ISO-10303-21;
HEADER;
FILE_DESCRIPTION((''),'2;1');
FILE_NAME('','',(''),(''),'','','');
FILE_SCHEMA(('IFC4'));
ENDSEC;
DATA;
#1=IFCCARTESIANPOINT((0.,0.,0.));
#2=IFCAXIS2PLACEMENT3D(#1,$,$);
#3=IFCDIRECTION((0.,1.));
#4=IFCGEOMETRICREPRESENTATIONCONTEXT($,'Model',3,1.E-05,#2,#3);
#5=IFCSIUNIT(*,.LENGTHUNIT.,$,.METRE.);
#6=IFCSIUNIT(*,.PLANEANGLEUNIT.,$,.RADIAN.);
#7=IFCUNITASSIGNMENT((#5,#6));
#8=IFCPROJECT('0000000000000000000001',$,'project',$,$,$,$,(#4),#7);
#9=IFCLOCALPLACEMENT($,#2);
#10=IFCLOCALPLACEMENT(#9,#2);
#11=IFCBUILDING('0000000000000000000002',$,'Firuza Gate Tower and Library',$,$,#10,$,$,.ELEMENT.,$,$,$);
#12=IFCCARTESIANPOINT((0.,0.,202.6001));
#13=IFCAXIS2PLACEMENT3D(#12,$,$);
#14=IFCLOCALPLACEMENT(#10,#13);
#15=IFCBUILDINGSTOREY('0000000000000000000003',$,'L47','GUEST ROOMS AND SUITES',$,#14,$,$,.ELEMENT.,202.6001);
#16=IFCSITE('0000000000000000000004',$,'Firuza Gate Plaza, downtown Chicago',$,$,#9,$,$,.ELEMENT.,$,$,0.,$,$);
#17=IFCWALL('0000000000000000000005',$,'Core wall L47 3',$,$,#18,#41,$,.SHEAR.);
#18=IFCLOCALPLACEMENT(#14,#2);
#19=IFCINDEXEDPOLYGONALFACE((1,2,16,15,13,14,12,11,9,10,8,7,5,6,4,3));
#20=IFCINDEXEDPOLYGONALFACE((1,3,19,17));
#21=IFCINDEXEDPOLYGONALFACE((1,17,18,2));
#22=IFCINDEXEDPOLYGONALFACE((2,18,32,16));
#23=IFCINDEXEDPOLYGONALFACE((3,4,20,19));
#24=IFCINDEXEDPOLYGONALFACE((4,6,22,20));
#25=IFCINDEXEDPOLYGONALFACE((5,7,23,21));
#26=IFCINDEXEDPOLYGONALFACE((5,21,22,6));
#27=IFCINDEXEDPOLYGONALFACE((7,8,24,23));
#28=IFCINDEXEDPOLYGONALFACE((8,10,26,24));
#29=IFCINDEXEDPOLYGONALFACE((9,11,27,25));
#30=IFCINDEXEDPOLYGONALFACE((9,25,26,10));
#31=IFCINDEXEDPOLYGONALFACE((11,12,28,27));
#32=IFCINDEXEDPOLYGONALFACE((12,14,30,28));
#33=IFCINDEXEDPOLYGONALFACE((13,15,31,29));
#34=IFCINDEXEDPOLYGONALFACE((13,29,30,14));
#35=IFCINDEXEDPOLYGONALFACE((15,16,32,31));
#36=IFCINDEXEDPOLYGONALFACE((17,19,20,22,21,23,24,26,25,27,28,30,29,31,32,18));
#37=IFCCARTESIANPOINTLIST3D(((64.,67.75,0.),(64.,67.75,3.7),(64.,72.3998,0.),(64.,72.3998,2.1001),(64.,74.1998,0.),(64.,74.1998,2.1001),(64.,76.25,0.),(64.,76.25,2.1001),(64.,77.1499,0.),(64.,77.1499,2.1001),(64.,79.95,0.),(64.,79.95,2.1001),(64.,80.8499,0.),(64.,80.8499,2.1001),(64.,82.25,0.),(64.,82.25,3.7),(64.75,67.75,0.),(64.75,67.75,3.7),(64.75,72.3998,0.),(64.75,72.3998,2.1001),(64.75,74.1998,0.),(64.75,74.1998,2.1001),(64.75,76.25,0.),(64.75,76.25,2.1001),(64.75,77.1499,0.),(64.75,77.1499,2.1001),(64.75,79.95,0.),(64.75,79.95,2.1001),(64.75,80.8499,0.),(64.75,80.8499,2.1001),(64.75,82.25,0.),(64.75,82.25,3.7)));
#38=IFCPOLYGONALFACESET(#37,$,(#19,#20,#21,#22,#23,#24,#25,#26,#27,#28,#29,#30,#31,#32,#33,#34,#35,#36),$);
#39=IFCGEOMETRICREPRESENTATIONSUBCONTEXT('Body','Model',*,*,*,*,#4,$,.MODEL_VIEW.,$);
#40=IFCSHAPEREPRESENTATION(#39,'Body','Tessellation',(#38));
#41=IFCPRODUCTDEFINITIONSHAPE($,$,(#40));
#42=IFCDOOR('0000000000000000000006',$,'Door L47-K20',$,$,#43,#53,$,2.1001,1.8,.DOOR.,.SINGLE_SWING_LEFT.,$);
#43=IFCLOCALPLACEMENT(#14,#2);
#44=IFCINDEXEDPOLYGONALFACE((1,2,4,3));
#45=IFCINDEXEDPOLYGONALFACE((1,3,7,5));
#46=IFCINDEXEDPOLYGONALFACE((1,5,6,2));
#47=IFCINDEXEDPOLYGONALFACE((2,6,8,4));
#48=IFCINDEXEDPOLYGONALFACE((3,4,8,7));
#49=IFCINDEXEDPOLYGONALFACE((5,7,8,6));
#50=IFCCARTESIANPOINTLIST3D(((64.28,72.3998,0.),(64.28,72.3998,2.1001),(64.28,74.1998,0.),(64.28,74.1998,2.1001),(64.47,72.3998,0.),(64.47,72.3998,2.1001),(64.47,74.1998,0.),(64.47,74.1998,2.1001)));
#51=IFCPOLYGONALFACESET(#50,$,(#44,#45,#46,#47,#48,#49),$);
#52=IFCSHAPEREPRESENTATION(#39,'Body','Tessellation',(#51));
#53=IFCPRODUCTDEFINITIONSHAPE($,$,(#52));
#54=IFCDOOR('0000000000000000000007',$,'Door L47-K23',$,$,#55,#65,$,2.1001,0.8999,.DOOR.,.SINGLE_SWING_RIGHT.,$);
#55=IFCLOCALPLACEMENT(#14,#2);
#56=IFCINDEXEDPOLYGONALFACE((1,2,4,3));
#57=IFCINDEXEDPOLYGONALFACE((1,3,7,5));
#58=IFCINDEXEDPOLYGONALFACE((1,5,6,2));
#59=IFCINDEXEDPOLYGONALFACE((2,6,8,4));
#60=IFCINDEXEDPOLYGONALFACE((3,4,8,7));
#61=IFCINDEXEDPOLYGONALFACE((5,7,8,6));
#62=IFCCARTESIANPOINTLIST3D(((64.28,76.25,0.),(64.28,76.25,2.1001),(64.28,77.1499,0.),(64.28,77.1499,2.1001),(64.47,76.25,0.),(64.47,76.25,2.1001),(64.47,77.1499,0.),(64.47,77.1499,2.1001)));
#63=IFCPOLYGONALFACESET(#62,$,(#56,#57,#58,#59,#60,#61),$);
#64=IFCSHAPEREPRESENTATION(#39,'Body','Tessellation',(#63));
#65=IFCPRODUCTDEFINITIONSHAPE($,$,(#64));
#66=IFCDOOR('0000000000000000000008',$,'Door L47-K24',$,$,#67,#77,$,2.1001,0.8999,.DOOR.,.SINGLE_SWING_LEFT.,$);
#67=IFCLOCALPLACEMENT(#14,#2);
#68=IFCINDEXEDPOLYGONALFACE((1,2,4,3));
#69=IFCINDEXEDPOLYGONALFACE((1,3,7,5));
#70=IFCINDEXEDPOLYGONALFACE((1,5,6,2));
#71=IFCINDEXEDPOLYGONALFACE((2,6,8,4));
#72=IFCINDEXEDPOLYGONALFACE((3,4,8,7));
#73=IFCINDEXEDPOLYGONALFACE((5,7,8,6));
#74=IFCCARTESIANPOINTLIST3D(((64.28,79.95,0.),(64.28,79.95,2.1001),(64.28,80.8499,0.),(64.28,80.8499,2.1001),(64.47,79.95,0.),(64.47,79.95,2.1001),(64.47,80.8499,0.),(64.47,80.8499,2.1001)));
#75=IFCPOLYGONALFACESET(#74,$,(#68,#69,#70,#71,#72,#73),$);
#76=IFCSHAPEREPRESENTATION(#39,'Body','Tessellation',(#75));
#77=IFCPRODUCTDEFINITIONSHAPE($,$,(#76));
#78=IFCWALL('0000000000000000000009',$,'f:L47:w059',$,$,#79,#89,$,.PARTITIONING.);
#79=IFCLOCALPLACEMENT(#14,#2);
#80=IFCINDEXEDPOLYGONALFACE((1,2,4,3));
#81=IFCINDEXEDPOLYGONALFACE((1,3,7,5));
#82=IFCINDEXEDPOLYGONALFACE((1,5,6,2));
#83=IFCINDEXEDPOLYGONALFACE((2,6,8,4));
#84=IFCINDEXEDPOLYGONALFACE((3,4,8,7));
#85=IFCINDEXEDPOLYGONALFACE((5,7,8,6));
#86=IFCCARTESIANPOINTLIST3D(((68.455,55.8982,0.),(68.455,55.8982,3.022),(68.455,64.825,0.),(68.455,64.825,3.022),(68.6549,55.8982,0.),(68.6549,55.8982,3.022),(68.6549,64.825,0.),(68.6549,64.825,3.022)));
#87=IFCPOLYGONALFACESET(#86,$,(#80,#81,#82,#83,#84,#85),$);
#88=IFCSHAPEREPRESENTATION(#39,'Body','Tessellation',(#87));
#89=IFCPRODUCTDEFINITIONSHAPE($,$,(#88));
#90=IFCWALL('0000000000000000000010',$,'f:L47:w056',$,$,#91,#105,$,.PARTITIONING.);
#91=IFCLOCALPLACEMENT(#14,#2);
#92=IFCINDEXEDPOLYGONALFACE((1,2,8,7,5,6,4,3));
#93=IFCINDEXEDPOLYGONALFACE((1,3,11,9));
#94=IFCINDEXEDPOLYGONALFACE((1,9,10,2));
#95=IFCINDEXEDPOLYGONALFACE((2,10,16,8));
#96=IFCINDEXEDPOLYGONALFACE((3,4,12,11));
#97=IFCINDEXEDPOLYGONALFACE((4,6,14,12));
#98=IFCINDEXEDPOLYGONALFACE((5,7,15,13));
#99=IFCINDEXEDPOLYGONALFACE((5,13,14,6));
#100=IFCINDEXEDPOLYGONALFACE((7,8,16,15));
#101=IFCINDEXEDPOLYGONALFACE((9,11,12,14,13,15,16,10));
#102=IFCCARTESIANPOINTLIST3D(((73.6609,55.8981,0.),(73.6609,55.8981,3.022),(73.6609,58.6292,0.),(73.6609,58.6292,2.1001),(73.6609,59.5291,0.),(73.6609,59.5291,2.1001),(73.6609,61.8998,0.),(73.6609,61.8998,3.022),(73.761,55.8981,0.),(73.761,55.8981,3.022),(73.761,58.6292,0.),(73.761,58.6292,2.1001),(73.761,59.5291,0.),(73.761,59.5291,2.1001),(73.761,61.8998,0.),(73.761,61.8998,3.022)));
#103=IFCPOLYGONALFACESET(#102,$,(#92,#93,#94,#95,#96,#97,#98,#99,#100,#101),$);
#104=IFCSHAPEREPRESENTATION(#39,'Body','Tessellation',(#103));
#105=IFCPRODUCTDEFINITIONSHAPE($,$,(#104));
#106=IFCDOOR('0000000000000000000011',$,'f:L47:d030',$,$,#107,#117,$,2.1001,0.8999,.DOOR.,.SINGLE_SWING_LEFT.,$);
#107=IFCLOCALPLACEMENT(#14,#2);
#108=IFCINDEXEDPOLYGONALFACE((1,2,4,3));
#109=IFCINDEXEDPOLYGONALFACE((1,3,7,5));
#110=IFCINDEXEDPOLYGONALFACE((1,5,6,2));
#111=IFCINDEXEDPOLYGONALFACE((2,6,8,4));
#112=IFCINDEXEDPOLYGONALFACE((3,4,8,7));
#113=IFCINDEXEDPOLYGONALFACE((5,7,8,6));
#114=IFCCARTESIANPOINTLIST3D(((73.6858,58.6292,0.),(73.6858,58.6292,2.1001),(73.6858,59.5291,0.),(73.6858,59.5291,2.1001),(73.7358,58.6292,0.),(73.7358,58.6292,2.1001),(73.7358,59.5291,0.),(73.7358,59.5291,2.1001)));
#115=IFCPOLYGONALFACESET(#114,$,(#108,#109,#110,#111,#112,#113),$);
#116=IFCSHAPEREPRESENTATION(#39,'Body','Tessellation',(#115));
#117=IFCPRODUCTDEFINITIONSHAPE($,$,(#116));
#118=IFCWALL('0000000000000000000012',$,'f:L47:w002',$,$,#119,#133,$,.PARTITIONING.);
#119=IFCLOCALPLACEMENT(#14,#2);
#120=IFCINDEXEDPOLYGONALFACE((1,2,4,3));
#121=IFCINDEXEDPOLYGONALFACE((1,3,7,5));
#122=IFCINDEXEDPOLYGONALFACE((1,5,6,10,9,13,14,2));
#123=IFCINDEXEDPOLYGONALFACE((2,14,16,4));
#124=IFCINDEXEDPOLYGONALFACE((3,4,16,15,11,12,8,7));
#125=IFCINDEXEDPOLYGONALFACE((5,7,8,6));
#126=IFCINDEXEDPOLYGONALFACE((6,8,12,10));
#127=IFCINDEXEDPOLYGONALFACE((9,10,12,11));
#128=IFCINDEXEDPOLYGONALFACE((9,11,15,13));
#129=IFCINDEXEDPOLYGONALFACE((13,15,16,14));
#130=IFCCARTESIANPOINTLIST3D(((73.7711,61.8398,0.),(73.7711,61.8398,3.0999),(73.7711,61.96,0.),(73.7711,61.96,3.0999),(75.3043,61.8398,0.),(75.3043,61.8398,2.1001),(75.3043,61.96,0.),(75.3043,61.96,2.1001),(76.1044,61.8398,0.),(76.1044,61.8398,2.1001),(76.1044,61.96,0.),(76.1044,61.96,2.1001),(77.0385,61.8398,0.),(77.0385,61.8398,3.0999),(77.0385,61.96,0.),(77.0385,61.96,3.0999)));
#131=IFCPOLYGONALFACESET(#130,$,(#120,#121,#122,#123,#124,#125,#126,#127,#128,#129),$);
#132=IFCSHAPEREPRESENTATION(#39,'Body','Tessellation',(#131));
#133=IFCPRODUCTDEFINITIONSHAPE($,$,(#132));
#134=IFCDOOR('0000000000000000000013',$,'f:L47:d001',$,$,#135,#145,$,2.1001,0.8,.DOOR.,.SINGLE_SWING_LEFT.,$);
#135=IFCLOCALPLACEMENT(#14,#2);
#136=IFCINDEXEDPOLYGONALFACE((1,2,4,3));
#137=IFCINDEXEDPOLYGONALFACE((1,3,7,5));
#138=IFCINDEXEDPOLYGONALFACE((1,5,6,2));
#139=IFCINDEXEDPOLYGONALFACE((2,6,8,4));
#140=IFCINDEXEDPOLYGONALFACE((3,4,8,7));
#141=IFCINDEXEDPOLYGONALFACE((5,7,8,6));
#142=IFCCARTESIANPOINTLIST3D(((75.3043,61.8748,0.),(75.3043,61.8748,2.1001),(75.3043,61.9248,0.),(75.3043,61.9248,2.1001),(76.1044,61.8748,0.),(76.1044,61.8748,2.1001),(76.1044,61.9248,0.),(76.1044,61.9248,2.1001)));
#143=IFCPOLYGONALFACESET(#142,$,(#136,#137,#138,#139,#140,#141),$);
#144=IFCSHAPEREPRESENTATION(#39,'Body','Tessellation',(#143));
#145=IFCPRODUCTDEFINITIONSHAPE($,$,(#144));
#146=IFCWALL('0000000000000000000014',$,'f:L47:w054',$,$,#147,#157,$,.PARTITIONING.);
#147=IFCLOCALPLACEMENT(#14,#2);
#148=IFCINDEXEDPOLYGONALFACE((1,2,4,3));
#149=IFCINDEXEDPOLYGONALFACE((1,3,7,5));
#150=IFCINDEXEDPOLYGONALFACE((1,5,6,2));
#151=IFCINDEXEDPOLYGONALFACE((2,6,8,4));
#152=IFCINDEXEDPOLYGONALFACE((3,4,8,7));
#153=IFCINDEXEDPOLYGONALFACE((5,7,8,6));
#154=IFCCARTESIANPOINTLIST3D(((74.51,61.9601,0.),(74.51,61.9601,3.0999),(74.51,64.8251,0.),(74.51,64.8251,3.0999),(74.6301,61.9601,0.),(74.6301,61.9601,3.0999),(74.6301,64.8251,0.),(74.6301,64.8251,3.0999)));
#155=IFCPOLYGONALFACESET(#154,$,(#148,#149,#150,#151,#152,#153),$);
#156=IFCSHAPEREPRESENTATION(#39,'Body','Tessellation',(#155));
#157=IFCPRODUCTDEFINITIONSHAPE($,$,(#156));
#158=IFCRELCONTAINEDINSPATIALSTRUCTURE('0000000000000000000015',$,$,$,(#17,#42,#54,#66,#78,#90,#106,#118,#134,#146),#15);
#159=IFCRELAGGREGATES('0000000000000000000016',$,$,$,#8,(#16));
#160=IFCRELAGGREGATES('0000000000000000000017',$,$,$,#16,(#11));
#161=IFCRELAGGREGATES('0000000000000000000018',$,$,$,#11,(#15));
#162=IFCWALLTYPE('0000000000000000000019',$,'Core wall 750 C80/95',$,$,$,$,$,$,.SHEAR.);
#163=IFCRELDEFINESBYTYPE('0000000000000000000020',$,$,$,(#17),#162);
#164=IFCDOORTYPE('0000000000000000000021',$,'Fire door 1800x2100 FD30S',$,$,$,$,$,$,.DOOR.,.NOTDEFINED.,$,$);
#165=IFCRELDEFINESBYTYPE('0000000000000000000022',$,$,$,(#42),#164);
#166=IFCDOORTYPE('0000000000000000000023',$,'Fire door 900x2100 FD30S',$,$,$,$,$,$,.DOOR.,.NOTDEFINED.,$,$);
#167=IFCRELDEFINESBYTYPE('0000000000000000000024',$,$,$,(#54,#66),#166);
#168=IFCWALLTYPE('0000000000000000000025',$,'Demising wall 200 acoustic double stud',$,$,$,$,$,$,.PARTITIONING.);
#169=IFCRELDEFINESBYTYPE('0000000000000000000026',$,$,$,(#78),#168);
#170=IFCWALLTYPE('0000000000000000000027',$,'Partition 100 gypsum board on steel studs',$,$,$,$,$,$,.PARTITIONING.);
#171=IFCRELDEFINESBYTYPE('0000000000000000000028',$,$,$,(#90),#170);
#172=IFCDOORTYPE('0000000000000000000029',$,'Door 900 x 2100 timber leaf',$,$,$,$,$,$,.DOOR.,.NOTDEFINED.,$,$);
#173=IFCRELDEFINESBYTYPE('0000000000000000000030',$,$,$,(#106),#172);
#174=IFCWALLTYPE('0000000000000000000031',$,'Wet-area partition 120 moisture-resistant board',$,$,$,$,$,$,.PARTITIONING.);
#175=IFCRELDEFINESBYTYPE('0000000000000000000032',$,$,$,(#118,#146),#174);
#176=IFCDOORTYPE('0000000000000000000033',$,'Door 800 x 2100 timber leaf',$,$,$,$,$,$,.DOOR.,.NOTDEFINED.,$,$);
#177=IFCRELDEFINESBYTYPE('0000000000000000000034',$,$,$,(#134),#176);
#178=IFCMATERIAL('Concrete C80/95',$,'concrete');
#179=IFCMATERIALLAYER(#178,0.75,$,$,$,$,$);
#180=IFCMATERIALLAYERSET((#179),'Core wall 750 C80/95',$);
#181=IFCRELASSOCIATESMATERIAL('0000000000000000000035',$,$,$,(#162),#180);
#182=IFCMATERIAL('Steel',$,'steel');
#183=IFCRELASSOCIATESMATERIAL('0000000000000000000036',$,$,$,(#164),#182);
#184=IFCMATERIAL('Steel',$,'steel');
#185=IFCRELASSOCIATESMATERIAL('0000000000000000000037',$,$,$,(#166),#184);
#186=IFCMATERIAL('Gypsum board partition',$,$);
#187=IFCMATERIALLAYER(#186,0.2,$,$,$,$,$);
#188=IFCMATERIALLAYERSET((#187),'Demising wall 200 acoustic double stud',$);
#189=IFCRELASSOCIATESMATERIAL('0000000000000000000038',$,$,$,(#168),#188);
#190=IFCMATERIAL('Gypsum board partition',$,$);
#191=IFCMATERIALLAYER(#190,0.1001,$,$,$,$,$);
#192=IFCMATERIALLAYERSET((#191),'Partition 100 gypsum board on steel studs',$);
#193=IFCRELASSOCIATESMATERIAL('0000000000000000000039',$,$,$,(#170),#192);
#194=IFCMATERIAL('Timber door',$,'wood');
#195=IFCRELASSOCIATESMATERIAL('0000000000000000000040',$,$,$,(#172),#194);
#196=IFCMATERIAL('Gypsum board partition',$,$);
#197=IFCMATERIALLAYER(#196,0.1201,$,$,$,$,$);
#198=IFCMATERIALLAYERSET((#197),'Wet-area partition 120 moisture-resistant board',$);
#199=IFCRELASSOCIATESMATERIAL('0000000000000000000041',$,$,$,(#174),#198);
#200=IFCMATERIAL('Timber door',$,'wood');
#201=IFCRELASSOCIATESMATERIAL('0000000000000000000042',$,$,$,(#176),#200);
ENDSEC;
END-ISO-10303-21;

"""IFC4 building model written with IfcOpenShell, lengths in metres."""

from ifc_helpers import new_model, si_unit, direction, frame, frame_2d, origin, place, context, subcontext, project, spatial, rectangle, extrude, material, layer, layer_set, type_object, element, fill, save


model = new_model("IFC4")

# Units and contexts
model_context = context("Model", 3, precision=1e-05, world=origin(), true_north=direction((0.0, 1.0)))
body_context = subcontext(model_context, "Body", "Model", "MODEL_VIEW")
ifc_project = project(units=[si_unit("LENGTHUNIT", "METRE"), si_unit("PLANEANGLEUNIT", "RADIAN")], contexts=[model_context])

# Site, building, storey
site_placement = place(None, origin())
site = spatial("IfcSite", under=ifc_project, at=site_placement, Name="Firuza Gate Plaza, downtown Chicago", CompositionType="ELEMENT", RefElevation=0.0)
building_placement = place(site_placement, origin())
building = spatial("IfcBuilding", under=site, at=building_placement, Name="Firuza Gate Tower and Library", CompositionType="ELEMENT")
storey_placement = place(building_placement, frame((0.0, 0.0, 202.6001)))
storey = spatial("IfcBuildingStorey", under=building, at=storey_placement, Name="L47", Description="GUEST ROOMS AND SUITES", CompositionType="ELEMENT", Elevation=202.6001)

# Wall, openings, doors
ifc_material_1 = material(Name="Concrete C80/95", Category="concrete")
ifc_layer_1 = layer(ifc_material_1, 0.75)
ifc_layer_set_1 = layer_set([ifc_layer_1], Name="Core wall 750 C80/95")
wall_type_1 = type_object("IfcWallType", Name="Core wall 750 C80/95", PredefinedType="SHEAR", material=ifc_layer_set_1)
wall_1_placement = place(storey_placement, frame((64.375, 67.75, 0.0), z_axis=(0.0, 0.0, 1.0), x_axis=(0.0, 1.0, 0.0)))
wall_1 = element("IfcWall", 1, at=wall_1_placement, inside=storey, type_object=wall_type_1, Name="Core wall L47 3", PredefinedType="SHEAR", context=body_context, shape_type="SweptSolid", body=[
    extrude(rectangle(XDim=14.5, YDim=0.75, at=frame_2d((7.25, 0.0))), origin(), (0.0, 0.0, 1.0), 3.7),
])
opening_1_placement = place(wall_1_placement, frame((4.6499, 0.0, 0.0)))
opening_1 = element("IfcOpeningElement", 2, at=opening_1_placement, cuts=wall_1, PredefinedType="OPENING", context=body_context, shape_type="SweptSolid", body=[
    extrude(rectangle(XDim=1.8, YDim=2.1001, at=frame_2d((0.8999, 1.05))), frame((0.0, 0.385, 0.0), z_axis=(0.0, -1.0, 0.0), x_axis=(1.0, 0.0, 0.0)), (0.0, 0.0, 1.0), 0.77),
])
opening_2_placement = place(wall_1_placement, frame((8.5, 0.0, 0.0)))
opening_2 = element("IfcOpeningElement", 3, at=opening_2_placement, cuts=wall_1, PredefinedType="OPENING", context=body_context, shape_type="SweptSolid", body=[
    extrude(rectangle(XDim=0.8999, YDim=2.1001, at=frame_2d((0.45, 1.05))), frame((0.0, 0.385, 0.0), z_axis=(0.0, -1.0, 0.0), x_axis=(1.0, 0.0, 0.0)), (0.0, 0.0, 1.0), 0.77),
])
opening_3_placement = place(wall_1_placement, frame((12.2, 0.0, 0.0)))
opening_3 = element("IfcOpeningElement", 4, at=opening_3_placement, cuts=wall_1, PredefinedType="OPENING", context=body_context, shape_type="SweptSolid", body=[
    extrude(rectangle(XDim=0.8999, YDim=2.1001, at=frame_2d((0.45, 1.05))), frame((0.0, 0.385, 0.0), z_axis=(0.0, -1.0, 0.0), x_axis=(1.0, 0.0, 0.0)), (0.0, 0.0, 1.0), 0.77),
])
ifc_material_2 = material(Name="Steel", Category="steel")
door_type_1 = type_object("IfcDoorType", Name="Fire door 1800x2100 FD30S", OperationType="NOTDEFINED", PredefinedType="DOOR", material=ifc_material_2)
door_1_placement = place(opening_1_placement, origin())
door_1 = element("IfcDoor", 5, at=door_1_placement, inside=storey, type_object=door_type_1, Name="Door L47-K20", OperationType="SINGLE_SWING_LEFT", OverallHeight=2.1001, OverallWidth=1.8, PredefinedType="DOOR", context=body_context, shape_type="SweptSolid", body=[
    extrude(rectangle(XDim=1.8, YDim=2.1001, at=frame_2d((0.8999, 1.05))), frame((0.0, 0.095, 0.0), z_axis=(0.0, -1.0, 0.0), x_axis=(1.0, 0.0, 0.0)), (0.0, 0.0, 1.0), 0.1899),
])
fill(opening_1, door_1)
ifc_material_3 = material(Name="Steel", Category="steel")
door_type_2 = type_object("IfcDoorType", Name="Fire door 900x2100 FD30S", OperationType="NOTDEFINED", PredefinedType="DOOR", material=ifc_material_3)
door_2_placement = place(opening_2_placement, origin())
door_2 = element("IfcDoor", 6, at=door_2_placement, inside=storey, type_object=door_type_2, Name="Door L47-K23", OperationType="SINGLE_SWING_RIGHT", OverallHeight=2.1001, OverallWidth=0.8999, PredefinedType="DOOR", context=body_context, shape_type="SweptSolid", body=[
    extrude(rectangle(XDim=0.8999, YDim=2.1001, at=frame_2d((0.45, 1.05))), frame((0.0, 0.095, 0.0), z_axis=(0.0, -1.0, 0.0), x_axis=(1.0, 0.0, 0.0)), (0.0, 0.0, 1.0), 0.1899),
])
fill(opening_2, door_2)
door_3_placement = place(opening_3_placement, origin())
door_3 = element("IfcDoor", 7, at=door_3_placement, inside=storey, type_object=door_type_2, Name="Door L47-K24", OperationType="SINGLE_SWING_LEFT", OverallHeight=2.1001, OverallWidth=0.8999, PredefinedType="DOOR", context=body_context, shape_type="SweptSolid", body=[
    extrude(rectangle(XDim=0.8999, YDim=2.1001, at=frame_2d((0.45, 1.05))), frame((0.0, 0.095, 0.0), z_axis=(0.0, -1.0, 0.0), x_axis=(1.0, 0.0, 0.0)), (0.0, 0.0, 1.0), 0.1899),
])
fill(opening_3, door_3)

# Wall
ifc_material_4 = material(Name="Gypsum board partition")
ifc_layer_2 = layer(ifc_material_4, 0.2)
ifc_layer_set_2 = layer_set([ifc_layer_2], Name="Demising wall 200 acoustic double stud")
wall_type_2 = type_object("IfcWallType", Name="Demising wall 200 acoustic double stud", PredefinedType="PARTITIONING", material=ifc_layer_set_2)
wall_2_placement = place(storey_placement, frame((68.5549, 55.8982, 0.0), z_axis=(0.0, 0.0, 1.0), x_axis=(0.0, 1.0, 0.0)))
element("IfcWall", 8, at=wall_2_placement, inside=storey, type_object=wall_type_2, Name="f:L47:w059", PredefinedType="PARTITIONING", context=body_context, shape_type="SweptSolid", body=[
    extrude(rectangle(XDim=8.9268, YDim=0.2, at=frame_2d((4.4634, 0.0))), origin(), (0.0, 0.0, 1.0), 3.022),
])

# Walls, openings, doors
ifc_material_5 = material(Name="Gypsum board partition")
ifc_layer_3 = layer(ifc_material_5, 0.1001)
ifc_layer_set_3 = layer_set([ifc_layer_3], Name="Partition 100 gypsum board on steel studs")
wall_type_3 = type_object("IfcWallType", Name="Partition 100 gypsum board on steel studs", PredefinedType="PARTITIONING", material=ifc_layer_set_3)
wall_3_placement = place(storey_placement, frame((73.7109, 61.8999, 0.0), z_axis=(0.0, 0.0, 1.0), x_axis=(0.0, -1.0, 0.0)))
wall_3 = element("IfcWall", 9, at=wall_3_placement, inside=storey, type_object=wall_type_3, Name="f:L47:w056", PredefinedType="PARTITIONING", context=body_context, shape_type="SweptSolid", body=[
    extrude(rectangle(XDim=6.0017, YDim=0.1001, at=frame_2d((3.001, 0.0))), origin(), (0.0, 0.0, 1.0), 3.022),
])
opening_4_placement = place(wall_3_placement, frame((2.3708, 0.0, 0.0)))
opening_4 = element("IfcOpeningElement", 10, at=opening_4_placement, cuts=wall_3, PredefinedType="OPENING", context=body_context, shape_type="SweptSolid", body=[
    extrude(rectangle(XDim=0.8999, YDim=2.1001, at=frame_2d((0.45, 1.05))), frame((0.0, 0.0601, 0.0), z_axis=(0.0, -1.0, 0.0), x_axis=(1.0, 0.0, 0.0)), (0.0, 0.0, 1.0), 0.1201),
])
ifc_material_6 = material(Name="Timber door", Category="wood")
door_type_3 = type_object("IfcDoorType", Name="Door 900 x 2100 timber leaf", OperationType="NOTDEFINED", PredefinedType="DOOR", material=ifc_material_6)
door_4_placement = place(opening_4_placement, origin())
door_4 = element("IfcDoor", 11, at=door_4_placement, inside=storey, type_object=door_type_3, Name="f:L47:d030", OperationType="SINGLE_SWING_LEFT", OverallHeight=2.1001, OverallWidth=0.8999, PredefinedType="DOOR", context=body_context, shape_type="SweptSolid", body=[
    extrude(rectangle(XDim=0.8999, YDim=2.1001, at=frame_2d((0.45, 1.05))), frame((0.0, 0.0249, 0.0), z_axis=(0.0, -1.0, 0.0), x_axis=(1.0, 0.0, 0.0)), (0.0, 0.0, 1.0), 0.05),
])
fill(opening_4, door_4)
ifc_material_7 = material(Name="Gypsum board partition")
ifc_layer_4 = layer(ifc_material_7, 0.1201)
ifc_layer_set_4 = layer_set([ifc_layer_4], Name="Wet-area partition 120 moisture-resistant board")
wall_type_4 = type_object("IfcWallType", Name="Wet-area partition 120 moisture-resistant board", PredefinedType="PARTITIONING", material=ifc_layer_set_4)
wall_4_placement = place(storey_placement, frame((73.771, 61.8999, 0.0), z_axis=(0.0, 0.0, 1.0), x_axis=(1.0, 0.0, 0.0)))
wall_4 = element("IfcWall", 12, at=wall_4_placement, inside=storey, type_object=wall_type_4, Name="f:L47:w002", PredefinedType="PARTITIONING", context=body_context, shape_type="SweptSolid", body=[
    extrude(rectangle(XDim=3.2673, YDim=0.1201, at=frame_2d((1.6338, 0.0))), origin(), (0.0, 0.0, 1.0), 3.0999),
])
opening_5_placement = place(wall_4_placement, frame((1.5334, 0.0, 0.0)))
opening_5 = element("IfcOpeningElement", 13, at=opening_5_placement, cuts=wall_4, PredefinedType="OPENING", context=body_context, shape_type="SweptSolid", body=[
    extrude(rectangle(XDim=0.8, YDim=2.1001, at=frame_2d((0.3999, 1.05))), frame((0.0, 0.0701, 0.0), z_axis=(0.0, -1.0, 0.0), x_axis=(1.0, 0.0, 0.0)), (0.0, 0.0, 1.0), 0.1401),
])
ifc_material_8 = material(Name="Timber door", Category="wood")
door_type_4 = type_object("IfcDoorType", Name="Door 800 x 2100 timber leaf", OperationType="NOTDEFINED", PredefinedType="DOOR", material=ifc_material_8)
door_5_placement = place(opening_5_placement, origin())
door_5 = element("IfcDoor", 14, at=door_5_placement, inside=storey, type_object=door_type_4, Name="f:L47:d001", OperationType="SINGLE_SWING_LEFT", OverallHeight=2.1001, OverallWidth=0.8, PredefinedType="DOOR", context=body_context, shape_type="SweptSolid", body=[
    extrude(rectangle(XDim=0.8, YDim=2.1001, at=frame_2d((0.3999, 1.05))), frame((0.0, 0.0249, 0.0), z_axis=(0.0, -1.0, 0.0), x_axis=(1.0, 0.0, 0.0)), (0.0, 0.0, 1.0), 0.05),
])
fill(opening_5, door_5)

# Wall
wall_5_placement = place(storey_placement, frame((74.5701, 61.96, 0.0), z_axis=(0.0, 0.0, 1.0), x_axis=(0.0, 1.0, 0.0)))
element("IfcWall", 15, at=wall_5_placement, inside=storey, type_object=wall_type_4, Name="f:L47:w054", PredefinedType="PARTITIONING", context=body_context, shape_type="SweptSolid", body=[
    extrude(rectangle(XDim=2.865, YDim=0.1201, at=frame_2d((1.4326, 0.0))), origin(), (0.0, 0.0, 1.0), 3.0999),
])

save(model, "model.ifc")
